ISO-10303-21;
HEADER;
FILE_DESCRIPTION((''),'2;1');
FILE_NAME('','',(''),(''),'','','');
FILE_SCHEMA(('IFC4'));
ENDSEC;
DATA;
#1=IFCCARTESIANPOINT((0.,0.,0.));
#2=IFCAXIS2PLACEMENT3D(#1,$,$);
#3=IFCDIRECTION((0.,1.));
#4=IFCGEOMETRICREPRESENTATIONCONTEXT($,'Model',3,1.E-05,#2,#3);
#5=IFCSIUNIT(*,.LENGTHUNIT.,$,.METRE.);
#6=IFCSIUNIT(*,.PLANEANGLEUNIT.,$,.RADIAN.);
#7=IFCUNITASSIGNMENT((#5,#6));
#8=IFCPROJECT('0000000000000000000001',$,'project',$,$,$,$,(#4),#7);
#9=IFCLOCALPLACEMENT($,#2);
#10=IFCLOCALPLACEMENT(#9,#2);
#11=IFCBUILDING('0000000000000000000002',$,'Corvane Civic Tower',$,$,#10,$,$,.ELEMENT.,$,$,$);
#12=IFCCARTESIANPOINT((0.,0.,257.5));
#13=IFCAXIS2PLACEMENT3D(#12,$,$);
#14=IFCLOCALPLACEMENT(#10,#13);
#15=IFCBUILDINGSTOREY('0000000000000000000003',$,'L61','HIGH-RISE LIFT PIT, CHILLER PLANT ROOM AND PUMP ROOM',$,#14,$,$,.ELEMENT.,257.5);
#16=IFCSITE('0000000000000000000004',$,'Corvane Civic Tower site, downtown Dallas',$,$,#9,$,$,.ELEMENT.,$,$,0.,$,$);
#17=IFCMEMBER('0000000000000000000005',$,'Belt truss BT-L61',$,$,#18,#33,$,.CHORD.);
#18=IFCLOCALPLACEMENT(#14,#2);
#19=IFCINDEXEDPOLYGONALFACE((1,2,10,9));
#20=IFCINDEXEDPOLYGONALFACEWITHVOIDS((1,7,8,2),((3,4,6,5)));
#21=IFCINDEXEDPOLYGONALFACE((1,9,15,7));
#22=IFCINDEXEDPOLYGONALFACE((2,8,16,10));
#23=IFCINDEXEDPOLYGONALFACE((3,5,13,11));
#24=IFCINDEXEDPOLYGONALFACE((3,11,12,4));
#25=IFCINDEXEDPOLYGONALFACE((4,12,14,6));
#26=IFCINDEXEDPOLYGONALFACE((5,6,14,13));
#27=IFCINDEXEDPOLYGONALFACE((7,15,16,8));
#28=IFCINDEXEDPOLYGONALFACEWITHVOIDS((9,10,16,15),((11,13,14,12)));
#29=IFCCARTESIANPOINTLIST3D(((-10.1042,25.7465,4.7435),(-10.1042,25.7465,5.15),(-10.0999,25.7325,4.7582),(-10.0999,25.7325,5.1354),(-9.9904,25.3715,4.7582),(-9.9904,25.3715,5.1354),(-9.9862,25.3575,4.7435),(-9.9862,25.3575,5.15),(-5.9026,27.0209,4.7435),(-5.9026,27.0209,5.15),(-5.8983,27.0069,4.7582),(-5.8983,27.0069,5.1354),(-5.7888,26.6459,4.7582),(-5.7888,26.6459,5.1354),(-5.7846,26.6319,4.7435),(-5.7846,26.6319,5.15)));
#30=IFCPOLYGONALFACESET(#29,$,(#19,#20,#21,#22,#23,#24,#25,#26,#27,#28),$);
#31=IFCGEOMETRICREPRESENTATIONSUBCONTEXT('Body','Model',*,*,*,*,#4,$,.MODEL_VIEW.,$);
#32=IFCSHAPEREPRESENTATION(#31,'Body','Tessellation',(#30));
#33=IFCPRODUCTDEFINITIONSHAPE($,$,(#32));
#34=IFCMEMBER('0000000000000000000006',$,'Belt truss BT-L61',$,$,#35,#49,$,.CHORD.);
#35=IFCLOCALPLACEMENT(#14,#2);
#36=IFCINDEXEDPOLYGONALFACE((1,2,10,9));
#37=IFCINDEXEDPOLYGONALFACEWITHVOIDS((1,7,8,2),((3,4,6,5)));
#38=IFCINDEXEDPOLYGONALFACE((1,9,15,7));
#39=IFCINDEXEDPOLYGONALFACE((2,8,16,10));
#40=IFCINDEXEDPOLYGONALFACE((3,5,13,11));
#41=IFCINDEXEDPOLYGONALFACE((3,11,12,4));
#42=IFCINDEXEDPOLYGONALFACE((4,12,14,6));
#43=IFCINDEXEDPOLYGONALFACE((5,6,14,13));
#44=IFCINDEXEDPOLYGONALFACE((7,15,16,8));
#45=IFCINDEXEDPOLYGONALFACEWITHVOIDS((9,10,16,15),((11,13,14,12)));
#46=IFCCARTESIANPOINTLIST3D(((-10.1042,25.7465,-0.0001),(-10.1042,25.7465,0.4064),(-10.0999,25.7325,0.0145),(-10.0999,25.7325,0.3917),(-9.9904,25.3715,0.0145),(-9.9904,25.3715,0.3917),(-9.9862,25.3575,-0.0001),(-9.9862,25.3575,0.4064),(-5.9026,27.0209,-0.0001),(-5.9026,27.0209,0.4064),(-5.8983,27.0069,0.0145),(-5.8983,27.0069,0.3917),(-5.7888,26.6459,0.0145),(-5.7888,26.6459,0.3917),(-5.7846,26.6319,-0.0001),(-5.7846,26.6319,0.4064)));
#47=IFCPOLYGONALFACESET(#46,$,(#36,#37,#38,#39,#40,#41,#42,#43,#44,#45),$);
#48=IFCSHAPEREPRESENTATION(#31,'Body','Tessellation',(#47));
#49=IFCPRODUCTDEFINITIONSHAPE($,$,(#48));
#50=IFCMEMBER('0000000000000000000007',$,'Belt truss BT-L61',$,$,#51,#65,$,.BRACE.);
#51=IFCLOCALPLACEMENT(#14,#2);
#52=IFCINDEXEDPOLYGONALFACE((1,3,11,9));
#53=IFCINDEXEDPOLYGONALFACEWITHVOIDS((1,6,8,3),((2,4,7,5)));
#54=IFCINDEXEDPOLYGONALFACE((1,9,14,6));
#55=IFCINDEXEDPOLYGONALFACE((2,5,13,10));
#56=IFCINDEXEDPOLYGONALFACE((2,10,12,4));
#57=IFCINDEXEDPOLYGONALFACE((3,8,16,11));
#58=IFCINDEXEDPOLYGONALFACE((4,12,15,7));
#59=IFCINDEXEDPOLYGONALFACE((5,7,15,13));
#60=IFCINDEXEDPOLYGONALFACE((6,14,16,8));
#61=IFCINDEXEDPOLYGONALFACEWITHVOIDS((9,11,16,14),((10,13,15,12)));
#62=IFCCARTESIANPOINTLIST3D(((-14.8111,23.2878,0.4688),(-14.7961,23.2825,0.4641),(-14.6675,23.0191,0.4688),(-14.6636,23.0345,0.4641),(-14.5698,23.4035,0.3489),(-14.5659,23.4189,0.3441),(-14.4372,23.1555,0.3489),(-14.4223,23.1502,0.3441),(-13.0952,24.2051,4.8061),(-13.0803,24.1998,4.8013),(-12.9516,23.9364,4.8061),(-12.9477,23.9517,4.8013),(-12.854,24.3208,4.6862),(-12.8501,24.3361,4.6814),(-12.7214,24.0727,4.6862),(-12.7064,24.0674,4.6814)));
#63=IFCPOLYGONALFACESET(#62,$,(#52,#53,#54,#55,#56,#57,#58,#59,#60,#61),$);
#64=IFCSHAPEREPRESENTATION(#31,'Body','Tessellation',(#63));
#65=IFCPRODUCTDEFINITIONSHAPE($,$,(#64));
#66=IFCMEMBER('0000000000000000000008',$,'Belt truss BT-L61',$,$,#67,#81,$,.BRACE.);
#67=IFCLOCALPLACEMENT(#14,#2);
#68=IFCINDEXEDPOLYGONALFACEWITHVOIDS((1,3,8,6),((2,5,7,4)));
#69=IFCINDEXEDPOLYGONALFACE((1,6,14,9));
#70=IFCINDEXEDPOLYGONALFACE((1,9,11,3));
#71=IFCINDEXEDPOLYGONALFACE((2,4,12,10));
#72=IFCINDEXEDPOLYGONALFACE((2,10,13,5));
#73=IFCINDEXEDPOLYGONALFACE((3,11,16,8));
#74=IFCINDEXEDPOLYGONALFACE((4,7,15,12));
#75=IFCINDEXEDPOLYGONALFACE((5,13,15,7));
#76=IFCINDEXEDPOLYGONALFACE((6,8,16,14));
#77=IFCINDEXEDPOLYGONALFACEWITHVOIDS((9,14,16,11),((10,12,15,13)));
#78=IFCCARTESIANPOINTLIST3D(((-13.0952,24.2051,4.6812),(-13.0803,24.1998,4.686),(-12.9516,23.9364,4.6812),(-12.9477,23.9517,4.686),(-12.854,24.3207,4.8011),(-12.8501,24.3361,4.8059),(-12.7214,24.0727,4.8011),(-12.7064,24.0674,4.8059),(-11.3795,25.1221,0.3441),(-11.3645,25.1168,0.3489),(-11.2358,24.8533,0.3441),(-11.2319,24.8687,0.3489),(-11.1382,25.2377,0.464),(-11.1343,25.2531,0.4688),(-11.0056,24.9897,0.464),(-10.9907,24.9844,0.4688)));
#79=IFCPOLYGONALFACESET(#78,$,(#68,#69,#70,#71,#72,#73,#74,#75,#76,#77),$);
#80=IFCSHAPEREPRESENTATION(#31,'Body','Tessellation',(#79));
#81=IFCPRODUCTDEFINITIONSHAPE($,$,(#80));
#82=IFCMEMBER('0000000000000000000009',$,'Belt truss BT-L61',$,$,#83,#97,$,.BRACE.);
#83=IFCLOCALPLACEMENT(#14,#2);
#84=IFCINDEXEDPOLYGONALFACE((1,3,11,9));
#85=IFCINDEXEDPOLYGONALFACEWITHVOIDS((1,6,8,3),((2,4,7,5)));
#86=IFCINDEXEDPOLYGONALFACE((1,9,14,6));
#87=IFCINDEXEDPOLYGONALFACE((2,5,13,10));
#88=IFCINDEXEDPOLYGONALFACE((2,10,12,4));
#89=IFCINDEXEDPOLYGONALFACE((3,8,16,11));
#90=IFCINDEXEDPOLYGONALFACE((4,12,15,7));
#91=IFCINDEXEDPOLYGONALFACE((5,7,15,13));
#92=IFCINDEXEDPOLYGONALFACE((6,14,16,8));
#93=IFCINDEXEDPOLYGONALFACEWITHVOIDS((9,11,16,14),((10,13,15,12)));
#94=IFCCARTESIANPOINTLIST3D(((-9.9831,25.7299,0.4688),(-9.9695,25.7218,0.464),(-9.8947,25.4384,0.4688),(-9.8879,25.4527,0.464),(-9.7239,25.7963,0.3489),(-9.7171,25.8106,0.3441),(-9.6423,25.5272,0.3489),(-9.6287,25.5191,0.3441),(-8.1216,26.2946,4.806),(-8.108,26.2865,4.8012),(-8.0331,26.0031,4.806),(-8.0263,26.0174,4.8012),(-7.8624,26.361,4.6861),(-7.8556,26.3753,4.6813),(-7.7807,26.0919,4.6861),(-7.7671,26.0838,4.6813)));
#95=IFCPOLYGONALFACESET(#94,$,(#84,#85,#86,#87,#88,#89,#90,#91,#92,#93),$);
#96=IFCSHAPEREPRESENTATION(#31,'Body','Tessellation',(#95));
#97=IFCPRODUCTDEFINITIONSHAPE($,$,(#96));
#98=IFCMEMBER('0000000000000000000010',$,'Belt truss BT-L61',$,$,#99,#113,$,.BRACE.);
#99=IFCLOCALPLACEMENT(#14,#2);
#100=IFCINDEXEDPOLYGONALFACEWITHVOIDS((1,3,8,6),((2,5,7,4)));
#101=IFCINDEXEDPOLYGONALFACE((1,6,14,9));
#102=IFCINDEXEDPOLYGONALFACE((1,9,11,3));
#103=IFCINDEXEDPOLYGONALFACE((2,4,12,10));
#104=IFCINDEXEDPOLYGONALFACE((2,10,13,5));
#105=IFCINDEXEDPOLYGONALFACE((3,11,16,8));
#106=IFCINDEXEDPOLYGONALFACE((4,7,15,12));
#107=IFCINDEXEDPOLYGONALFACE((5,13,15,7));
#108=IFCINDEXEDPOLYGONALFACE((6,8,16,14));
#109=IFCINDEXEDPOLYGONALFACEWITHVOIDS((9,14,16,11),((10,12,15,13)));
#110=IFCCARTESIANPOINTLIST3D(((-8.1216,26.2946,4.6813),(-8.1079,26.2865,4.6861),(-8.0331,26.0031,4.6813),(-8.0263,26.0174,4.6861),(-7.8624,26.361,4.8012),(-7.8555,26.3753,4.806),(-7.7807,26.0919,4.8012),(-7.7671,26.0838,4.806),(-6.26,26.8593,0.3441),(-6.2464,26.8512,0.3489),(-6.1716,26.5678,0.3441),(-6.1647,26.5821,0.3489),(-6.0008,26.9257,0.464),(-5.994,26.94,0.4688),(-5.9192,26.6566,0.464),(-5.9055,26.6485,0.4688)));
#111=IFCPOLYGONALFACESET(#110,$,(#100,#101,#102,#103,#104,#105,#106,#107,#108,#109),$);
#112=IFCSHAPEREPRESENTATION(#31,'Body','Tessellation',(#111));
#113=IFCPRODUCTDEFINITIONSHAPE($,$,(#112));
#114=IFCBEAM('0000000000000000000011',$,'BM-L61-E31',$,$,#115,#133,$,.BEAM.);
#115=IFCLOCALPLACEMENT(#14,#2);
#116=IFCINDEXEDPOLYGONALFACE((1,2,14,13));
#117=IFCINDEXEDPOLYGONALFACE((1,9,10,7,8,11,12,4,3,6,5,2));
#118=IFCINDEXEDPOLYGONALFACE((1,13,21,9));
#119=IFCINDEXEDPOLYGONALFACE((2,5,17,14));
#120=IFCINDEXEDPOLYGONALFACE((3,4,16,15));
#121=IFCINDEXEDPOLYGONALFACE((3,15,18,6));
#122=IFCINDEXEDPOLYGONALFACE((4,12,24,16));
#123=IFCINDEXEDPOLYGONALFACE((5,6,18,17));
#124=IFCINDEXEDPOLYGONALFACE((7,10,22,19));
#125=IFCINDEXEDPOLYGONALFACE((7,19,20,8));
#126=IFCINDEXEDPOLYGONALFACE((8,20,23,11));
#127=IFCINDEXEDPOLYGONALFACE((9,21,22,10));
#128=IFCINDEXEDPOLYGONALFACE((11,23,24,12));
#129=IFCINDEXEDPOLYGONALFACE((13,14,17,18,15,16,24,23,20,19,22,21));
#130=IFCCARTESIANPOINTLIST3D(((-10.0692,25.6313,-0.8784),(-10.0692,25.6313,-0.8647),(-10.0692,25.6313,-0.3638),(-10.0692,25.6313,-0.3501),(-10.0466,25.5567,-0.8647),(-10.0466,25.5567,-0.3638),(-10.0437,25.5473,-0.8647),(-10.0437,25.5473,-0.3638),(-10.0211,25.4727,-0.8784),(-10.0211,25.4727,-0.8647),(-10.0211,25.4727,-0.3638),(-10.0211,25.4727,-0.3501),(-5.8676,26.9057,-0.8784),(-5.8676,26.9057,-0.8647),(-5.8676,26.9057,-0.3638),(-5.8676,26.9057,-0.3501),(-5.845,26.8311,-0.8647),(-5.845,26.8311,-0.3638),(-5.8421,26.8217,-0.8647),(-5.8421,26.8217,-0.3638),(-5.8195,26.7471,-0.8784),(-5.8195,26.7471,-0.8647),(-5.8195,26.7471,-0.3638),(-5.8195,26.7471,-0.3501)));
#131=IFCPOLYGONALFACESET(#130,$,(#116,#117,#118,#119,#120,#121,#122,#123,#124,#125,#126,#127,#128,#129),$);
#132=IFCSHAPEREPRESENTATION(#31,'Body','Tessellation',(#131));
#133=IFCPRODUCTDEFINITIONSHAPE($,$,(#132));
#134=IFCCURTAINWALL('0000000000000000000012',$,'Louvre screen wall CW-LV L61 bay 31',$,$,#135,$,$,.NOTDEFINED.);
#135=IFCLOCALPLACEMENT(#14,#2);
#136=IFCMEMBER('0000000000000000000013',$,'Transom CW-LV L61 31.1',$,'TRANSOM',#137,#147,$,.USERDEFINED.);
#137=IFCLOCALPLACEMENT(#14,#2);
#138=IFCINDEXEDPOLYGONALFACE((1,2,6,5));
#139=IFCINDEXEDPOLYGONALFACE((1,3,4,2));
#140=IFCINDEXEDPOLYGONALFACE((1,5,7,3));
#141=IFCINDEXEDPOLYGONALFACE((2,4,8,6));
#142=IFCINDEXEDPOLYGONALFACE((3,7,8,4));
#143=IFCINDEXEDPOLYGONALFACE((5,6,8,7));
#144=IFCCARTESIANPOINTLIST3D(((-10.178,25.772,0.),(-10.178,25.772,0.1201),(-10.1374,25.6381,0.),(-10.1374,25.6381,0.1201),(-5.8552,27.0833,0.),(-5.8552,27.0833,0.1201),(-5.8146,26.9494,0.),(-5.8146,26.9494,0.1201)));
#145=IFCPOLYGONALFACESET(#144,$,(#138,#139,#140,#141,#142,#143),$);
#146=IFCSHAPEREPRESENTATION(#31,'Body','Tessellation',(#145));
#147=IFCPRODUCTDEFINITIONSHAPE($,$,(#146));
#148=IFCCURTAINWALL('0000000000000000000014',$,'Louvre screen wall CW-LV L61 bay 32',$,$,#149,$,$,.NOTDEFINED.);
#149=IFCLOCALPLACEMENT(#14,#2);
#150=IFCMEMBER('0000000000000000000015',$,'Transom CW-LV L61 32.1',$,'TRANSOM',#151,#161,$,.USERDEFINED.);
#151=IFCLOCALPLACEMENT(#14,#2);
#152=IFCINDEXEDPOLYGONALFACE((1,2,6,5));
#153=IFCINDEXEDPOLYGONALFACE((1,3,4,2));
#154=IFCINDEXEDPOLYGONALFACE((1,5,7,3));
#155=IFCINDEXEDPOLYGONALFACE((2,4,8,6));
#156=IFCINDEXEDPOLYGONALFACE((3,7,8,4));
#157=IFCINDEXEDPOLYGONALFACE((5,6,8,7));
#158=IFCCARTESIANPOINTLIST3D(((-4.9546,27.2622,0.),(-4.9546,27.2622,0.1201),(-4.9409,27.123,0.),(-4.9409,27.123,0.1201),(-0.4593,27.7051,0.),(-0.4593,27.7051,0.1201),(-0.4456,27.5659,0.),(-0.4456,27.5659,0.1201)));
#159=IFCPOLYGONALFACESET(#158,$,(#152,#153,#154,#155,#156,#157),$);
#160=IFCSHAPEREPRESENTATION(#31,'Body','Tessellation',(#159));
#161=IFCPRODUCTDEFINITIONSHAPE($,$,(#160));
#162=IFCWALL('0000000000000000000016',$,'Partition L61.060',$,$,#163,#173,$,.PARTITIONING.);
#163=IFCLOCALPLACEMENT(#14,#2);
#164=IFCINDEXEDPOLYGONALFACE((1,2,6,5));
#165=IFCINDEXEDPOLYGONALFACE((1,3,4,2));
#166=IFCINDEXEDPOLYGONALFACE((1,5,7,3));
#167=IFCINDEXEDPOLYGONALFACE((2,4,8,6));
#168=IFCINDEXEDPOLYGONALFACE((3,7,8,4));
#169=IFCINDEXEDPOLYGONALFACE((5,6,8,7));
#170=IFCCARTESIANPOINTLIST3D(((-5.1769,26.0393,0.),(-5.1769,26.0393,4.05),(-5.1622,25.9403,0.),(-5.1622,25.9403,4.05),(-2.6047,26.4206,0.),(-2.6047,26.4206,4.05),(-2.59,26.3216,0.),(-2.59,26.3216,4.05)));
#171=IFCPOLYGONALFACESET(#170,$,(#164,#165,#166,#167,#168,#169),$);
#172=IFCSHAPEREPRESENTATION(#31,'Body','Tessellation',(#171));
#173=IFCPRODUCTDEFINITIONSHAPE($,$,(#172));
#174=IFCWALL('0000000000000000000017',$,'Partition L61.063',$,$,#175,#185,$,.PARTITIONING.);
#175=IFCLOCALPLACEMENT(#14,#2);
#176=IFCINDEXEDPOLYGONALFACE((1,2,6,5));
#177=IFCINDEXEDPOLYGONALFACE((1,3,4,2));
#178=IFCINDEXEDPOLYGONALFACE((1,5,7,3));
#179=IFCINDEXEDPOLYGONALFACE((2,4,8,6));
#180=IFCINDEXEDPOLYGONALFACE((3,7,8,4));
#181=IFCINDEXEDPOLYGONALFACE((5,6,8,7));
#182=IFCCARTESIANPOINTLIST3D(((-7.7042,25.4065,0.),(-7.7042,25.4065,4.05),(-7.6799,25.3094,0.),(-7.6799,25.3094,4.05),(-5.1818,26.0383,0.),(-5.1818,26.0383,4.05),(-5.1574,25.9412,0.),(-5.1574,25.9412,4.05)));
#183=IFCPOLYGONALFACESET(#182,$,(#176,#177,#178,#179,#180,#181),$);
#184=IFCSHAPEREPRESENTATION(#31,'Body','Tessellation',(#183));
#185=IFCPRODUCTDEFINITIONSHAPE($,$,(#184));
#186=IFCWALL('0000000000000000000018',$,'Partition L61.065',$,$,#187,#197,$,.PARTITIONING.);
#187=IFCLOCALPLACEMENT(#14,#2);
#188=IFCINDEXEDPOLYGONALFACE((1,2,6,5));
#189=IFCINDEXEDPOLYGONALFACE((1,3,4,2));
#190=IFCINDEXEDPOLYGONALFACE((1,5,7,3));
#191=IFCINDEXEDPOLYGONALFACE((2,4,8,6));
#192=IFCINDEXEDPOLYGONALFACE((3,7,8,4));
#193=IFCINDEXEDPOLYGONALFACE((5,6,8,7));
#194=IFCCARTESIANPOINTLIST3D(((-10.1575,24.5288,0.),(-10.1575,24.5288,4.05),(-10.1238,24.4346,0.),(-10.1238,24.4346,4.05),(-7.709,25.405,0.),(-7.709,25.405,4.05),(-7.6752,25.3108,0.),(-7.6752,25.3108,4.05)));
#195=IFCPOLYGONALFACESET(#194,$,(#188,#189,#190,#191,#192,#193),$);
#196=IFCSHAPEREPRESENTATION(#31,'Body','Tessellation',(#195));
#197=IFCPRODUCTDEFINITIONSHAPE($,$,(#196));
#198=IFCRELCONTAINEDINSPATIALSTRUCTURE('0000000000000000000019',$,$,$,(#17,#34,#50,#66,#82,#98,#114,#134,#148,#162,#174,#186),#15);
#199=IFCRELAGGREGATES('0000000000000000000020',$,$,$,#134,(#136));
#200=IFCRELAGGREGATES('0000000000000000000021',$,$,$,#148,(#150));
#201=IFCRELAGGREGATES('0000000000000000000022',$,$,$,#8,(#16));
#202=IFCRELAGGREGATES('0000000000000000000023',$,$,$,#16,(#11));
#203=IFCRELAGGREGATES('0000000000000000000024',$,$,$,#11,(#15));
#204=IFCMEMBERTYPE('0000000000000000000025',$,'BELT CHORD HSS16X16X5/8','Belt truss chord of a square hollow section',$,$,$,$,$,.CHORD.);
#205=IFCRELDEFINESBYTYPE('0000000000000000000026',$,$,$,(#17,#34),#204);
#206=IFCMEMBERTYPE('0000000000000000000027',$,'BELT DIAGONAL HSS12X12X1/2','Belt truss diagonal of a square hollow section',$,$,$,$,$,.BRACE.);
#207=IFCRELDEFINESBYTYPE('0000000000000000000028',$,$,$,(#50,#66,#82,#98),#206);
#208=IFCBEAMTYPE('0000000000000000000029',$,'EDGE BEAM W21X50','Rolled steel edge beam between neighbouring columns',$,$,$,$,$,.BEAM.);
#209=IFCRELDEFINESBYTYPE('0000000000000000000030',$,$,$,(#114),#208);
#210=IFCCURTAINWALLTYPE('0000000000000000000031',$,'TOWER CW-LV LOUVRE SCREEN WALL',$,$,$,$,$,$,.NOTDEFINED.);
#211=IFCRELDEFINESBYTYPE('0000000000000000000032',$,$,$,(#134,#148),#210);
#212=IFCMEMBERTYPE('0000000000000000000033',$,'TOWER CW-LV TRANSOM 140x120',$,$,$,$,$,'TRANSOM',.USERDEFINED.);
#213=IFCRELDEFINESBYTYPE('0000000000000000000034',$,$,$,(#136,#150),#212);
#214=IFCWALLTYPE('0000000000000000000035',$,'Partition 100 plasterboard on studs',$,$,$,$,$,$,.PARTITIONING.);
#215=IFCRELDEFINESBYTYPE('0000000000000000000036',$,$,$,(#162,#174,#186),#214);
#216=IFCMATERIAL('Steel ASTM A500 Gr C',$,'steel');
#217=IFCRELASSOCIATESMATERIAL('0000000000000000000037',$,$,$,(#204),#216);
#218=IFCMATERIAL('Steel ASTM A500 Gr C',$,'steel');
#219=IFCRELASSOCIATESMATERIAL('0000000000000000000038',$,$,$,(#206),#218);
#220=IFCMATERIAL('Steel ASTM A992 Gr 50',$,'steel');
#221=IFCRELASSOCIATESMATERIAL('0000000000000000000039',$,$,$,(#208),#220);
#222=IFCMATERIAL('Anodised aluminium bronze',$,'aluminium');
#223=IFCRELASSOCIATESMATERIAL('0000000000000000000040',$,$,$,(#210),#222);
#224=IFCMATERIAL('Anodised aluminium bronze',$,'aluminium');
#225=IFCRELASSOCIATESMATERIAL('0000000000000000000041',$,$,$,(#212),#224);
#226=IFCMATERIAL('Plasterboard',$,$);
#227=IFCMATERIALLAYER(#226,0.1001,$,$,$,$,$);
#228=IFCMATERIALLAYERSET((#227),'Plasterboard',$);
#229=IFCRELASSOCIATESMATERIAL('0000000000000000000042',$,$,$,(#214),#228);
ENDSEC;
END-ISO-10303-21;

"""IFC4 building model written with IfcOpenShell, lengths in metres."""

from ifc_helpers import new_model, si_unit, direction, frame, frame_2d, origin, origin_2d, place, context, subcontext, project, spatial, rectangle, hollow_rectangle, i_section, extrude, material, layer, layer_set, material_profile, profile_set, type_object, element, aggregate, save


model = new_model("IFC4")

# Units and contexts
model_context = context("Model", 3, precision=1e-05, world=origin(), true_north=direction((0.0, 1.0)))
body_context = subcontext(model_context, "Body", "Model", "MODEL_VIEW")
ifc_project = project(units=[si_unit("LENGTHUNIT", "METRE"), si_unit("PLANEANGLEUNIT", "RADIAN")], contexts=[model_context])

# Site, building, storey
site_placement = place(None, origin())
site = spatial("IfcSite", under=ifc_project, at=site_placement, Name="Corvane Civic Tower site, downtown Dallas", CompositionType="ELEMENT", RefElevation=0.0)
building_placement = place(site_placement, origin())
building = spatial("IfcBuilding", under=site, at=building_placement, Name="Corvane Civic Tower", CompositionType="ELEMENT")
storey_placement = place(building_placement, frame((0.0, 0.0, 257.5)))
storey = spatial("IfcBuildingStorey", under=building, at=storey_placement, Name="L61", Description="HIGH-RISE LIFT PIT, CHILLER PLANT ROOM AND PUMP ROOM", CompositionType="ELEMENT", Elevation=257.5)

# Members
ifc_material_1 = material(Name="Steel ASTM A500 Gr C", Category="steel")
ifc_material_profile_1 = material_profile(ifc_material_1, hollow_rectangle(XDim=0.4065, YDim=0.4065, WallThickness=0.0146, at=origin_2d()), Name="HSS16X16X5/8")
ifc_profile_set_1 = profile_set([ifc_material_profile_1], Name="Steel ASTM A500 Gr C")
member_type_1 = type_object("IfcMemberType", Name="BELT CHORD HSS16X16X5/8", Description="Belt truss chord of a square hollow section", PredefinedType="CHORD", material=ifc_profile_set_1)
for number, where, z_axis, x_axis, name in (
    (1, (-10.0452, 25.552, 4.9468), (0.95695, 0.290254, 0.0), (-0.290254, 0.95695, 0.0), "Belt truss BT-L61"),
    (2, (-10.0452, 25.552, 0.2031), (0.95695, 0.290254, 0.0), (-0.290254, 0.95695, 0.0), "Belt truss BT-L61"),
):
    element("IfcMember", number, at=place(storey_placement, frame(where, z_axis=z_axis, x_axis=x_axis)), inside=storey, type_object=member_type_1, Name=name, PredefinedType="CHORD", context=body_context, shape_type="SweptSolid", body=[
        extrude(hollow_rectangle(XDim=0.4065, YDim=0.4065, WallThickness=0.0146, at=origin_2d()), origin(), (0.0, 0.0, 1.0), 4.3906),
    ])
ifc_material_2 = material(Name="Steel ASTM A500 Gr C", Category="steel")
ifc_material_profile_2 = material_profile(ifc_material_2, hollow_rectangle(XDim=0.3047, YDim=0.3047, WallThickness=0.0117, at=origin_2d()), Name="HSS12X12X1/2")
ifc_profile_set_2 = profile_set([ifc_material_profile_2], Name="Steel ASTM A500 Gr C")
member_type_2 = type_object("IfcMemberType", Name="BELT DIAGONAL HSS12X12X1/2", Description="Belt truss diagonal of a square hollow section", PredefinedType="BRACE", material=ifc_profile_set_2)
member_1_placement = place(storey_placement, frame((-14.6167, 23.219, 0.4065), z_axis=(0.360955, 0.192958, 0.912403), x_axis=(-0.471441, 0.881897, 0.0)))
element("IfcMember", 3, at=member_1_placement, inside=storey, type_object=member_type_2, Name="Belt truss BT-L61", PredefinedType="BRACE", context=body_context, shape_type="SweptSolid", body=[
    extrude(hollow_rectangle(XDim=0.3047, YDim=0.3047, WallThickness=0.0117, at=origin_2d()), origin(), (0.0, 0.0, 1.0), 4.7537),
])
for number, where, z_axis, x_axis, name in (
    (4, (-11.1851, 25.0532, 0.4065), (-0.360959, -0.192908, 0.912412), (0.471344, -0.88195, 0.0), "Belt truss BT-L61"),
    (5, (-9.8059, 25.6245, 0.4065), (0.391626, 0.118797, 0.912423), (-0.290283, 0.956941, 0.0), "Belt truss BT-L61"),
    (6, (-6.0828, 26.7539, 0.4065), (-0.391626, -0.118797, 0.912423), (0.290283, -0.956941, 0.0), "Belt truss BT-L61"),
):
    element("IfcMember", number, at=place(storey_placement, frame(where, z_axis=z_axis, x_axis=x_axis)), inside=storey, type_object=member_type_2, Name=name, PredefinedType="BRACE", context=body_context, shape_type="SweptSolid", body=[
        extrude(hollow_rectangle(XDim=0.3047, YDim=0.3047, WallThickness=0.0117, at=origin_2d()), origin(), (0.0, 0.0, 1.0), 4.7534),
    ])

# Beam
ifc_material_3 = material(Name="Steel ASTM A992 Gr 50", Category="steel")
ifc_material_profile_3 = material_profile(ifc_material_3, i_section(OverallWidth=0.1658, OverallDepth=0.5283, WebThickness=0.0098, FlangeThickness=0.0137, at=origin_2d()), Name="W21X50")
ifc_profile_set_3 = profile_set([ifc_material_profile_3], Name="Steel ASTM A992 Gr 50")
beam_type = type_object("IfcBeamType", Name="EDGE BEAM W21X50", Description="Rolled steel edge beam between neighbouring columns", PredefinedType="BEAM", material=ifc_profile_set_3)
beam_placement = place(storey_placement, frame((-10.0452, 25.552, -0.6143), z_axis=(0.95695, 0.290254, 0.0), x_axis=(-0.290254, 0.95695, 0.0)))
element("IfcBeam", 7, at=beam_placement, inside=storey, type_object=beam_type, Name="BM-L61-E31", PredefinedType="BEAM", context=body_context, shape_type="SweptSolid", body=[
    extrude(i_section(OverallWidth=0.1658, OverallDepth=0.5283, WebThickness=0.0098, FlangeThickness=0.0137, at=origin_2d()), origin(), (0.0, 0.0, 1.0), 4.3906),
])

# Curtain walls, members
ifc_material_4 = material(Name="Anodised aluminium bronze", Category="aluminium")
curtain_wall_type = type_object("IfcCurtainWallType", Name="TOWER CW-LV LOUVRE SCREEN WALL", PredefinedType="NOTDEFINED", material=ifc_material_4)
curtain_wall_1_placement = place(storey_placement, origin())
curtain_wall_1 = element("IfcCurtainWall", 8, at=curtain_wall_1_placement, inside=storey, type_object=curtain_wall_type, Name="Louvre screen wall CW-LV L61 bay 31", PredefinedType="NOTDEFINED")
ifc_material_5 = material(Name="Anodised aluminium bronze", Category="aluminium")
ifc_material_profile_4 = material_profile(ifc_material_5, rectangle(XDim=0.1399, YDim=0.1201, at=origin_2d()), Name="TOWER CW-LV TRANSOM 140x120")
ifc_profile_set_4 = profile_set([ifc_material_profile_4], Name="Anodised aluminium bronze")
member_type_3 = type_object("IfcMemberType", Name="TOWER CW-LV TRANSOM 140x120", ElementType="TRANSOM", PredefinedType="USERDEFINED", material=ifc_profile_set_4)
member_2_placement = place(storey_placement, frame((-10.1577, 25.7051, 0.0601), z_axis=(0.956941, 0.290282, 0.0), x_axis=(-0.290282, 0.956941, 0.0)))
member_2 = element("IfcMember", 9, at=member_2_placement, type_object=member_type_3, Name="Transom CW-LV L61 31.1", ObjectType="TRANSOM", PredefinedType="USERDEFINED", context=body_context, shape_type="SweptSolid", body=[
    extrude(rectangle(XDim=0.1399, YDim=0.1201, at=origin_2d()), origin(), (0.0, 0.0, 1.0), 4.5173),
])
curtain_wall_2_placement = place(storey_placement, origin())
curtain_wall_2 = element("IfcCurtainWall", 10, at=curtain_wall_2_placement, inside=storey, type_object=curtain_wall_type, Name="Louvre screen wall CW-LV L61 bay 32", PredefinedType="NOTDEFINED")
member_3_placement = place(storey_placement, frame((-4.9478, 27.1926, 0.0601), z_axis=(0.995182, 0.098043, 0.0), x_axis=(-0.098043, 0.995182, 0.0)))
member_3 = element("IfcMember", 11, at=member_3_placement, type_object=member_type_3, Name="Transom CW-LV L61 32.1", ObjectType="TRANSOM", PredefinedType="USERDEFINED", context=body_context, shape_type="SweptSolid", body=[
    extrude(rectangle(XDim=0.1399, YDim=0.1201, at=origin_2d()), origin(), (0.0, 0.0, 1.0), 4.5171),
])

# Walls
ifc_material_6 = material(Name="Plasterboard")
ifc_layer = layer(ifc_material_6, 0.1001)
ifc_layer_set = layer_set([ifc_layer], Name="Plasterboard")
wall_type = type_object("IfcWallType", Name="Partition 100 plasterboard on studs", PredefinedType="PARTITIONING", material=ifc_layer_set)
for number, where, z_axis, x_axis, name in (
    (12, (-5.1697, 25.9897, 0.0), (0.0, 0.0, 1.0), (0.989188, 0.146651, 0.0), "Partition L61.060"),
    (13, (-7.6921, 25.3579, 0.0), (0.0, 0.0, 1.0), (0.970032, 0.242977, 0.0), "Partition L61.063"),
):
    element("IfcWall", number, at=place(storey_placement, frame(where, z_axis=z_axis, x_axis=x_axis)), inside=storey, type_object=wall_type, Name=name, PredefinedType="PARTITIONING", context=body_context, shape_type="SweptSolid", body=[
        extrude(rectangle(XDim=2.6003, YDim=0.1001, at=frame_2d((1.3003, 0.0))), origin(), (0.0, 0.0, 1.0), 4.05),
    ])
for number, where, z_axis, x_axis, name in (
    (14, (-10.1406, 24.4817, 0.0), (0.0, 0.0, 1.0), (0.941527, 0.336937, 0.0), "Partition L61.065"),
):
    element("IfcWall", number, at=place(storey_placement, frame(where, z_axis=z_axis, x_axis=x_axis)), inside=storey, type_object=wall_type, Name=name, PredefinedType="PARTITIONING", context=body_context, shape_type="SweptSolid", body=[
        extrude(rectangle(XDim=2.6006, YDim=0.1001, at=frame_2d((1.3003, 0.0))), origin(), (0.0, 0.0, 1.0), 4.05),
    ])

aggregate(curtain_wall_1, [member_2])
aggregate(curtain_wall_2, [member_3])

save(model, "model.ifc")
